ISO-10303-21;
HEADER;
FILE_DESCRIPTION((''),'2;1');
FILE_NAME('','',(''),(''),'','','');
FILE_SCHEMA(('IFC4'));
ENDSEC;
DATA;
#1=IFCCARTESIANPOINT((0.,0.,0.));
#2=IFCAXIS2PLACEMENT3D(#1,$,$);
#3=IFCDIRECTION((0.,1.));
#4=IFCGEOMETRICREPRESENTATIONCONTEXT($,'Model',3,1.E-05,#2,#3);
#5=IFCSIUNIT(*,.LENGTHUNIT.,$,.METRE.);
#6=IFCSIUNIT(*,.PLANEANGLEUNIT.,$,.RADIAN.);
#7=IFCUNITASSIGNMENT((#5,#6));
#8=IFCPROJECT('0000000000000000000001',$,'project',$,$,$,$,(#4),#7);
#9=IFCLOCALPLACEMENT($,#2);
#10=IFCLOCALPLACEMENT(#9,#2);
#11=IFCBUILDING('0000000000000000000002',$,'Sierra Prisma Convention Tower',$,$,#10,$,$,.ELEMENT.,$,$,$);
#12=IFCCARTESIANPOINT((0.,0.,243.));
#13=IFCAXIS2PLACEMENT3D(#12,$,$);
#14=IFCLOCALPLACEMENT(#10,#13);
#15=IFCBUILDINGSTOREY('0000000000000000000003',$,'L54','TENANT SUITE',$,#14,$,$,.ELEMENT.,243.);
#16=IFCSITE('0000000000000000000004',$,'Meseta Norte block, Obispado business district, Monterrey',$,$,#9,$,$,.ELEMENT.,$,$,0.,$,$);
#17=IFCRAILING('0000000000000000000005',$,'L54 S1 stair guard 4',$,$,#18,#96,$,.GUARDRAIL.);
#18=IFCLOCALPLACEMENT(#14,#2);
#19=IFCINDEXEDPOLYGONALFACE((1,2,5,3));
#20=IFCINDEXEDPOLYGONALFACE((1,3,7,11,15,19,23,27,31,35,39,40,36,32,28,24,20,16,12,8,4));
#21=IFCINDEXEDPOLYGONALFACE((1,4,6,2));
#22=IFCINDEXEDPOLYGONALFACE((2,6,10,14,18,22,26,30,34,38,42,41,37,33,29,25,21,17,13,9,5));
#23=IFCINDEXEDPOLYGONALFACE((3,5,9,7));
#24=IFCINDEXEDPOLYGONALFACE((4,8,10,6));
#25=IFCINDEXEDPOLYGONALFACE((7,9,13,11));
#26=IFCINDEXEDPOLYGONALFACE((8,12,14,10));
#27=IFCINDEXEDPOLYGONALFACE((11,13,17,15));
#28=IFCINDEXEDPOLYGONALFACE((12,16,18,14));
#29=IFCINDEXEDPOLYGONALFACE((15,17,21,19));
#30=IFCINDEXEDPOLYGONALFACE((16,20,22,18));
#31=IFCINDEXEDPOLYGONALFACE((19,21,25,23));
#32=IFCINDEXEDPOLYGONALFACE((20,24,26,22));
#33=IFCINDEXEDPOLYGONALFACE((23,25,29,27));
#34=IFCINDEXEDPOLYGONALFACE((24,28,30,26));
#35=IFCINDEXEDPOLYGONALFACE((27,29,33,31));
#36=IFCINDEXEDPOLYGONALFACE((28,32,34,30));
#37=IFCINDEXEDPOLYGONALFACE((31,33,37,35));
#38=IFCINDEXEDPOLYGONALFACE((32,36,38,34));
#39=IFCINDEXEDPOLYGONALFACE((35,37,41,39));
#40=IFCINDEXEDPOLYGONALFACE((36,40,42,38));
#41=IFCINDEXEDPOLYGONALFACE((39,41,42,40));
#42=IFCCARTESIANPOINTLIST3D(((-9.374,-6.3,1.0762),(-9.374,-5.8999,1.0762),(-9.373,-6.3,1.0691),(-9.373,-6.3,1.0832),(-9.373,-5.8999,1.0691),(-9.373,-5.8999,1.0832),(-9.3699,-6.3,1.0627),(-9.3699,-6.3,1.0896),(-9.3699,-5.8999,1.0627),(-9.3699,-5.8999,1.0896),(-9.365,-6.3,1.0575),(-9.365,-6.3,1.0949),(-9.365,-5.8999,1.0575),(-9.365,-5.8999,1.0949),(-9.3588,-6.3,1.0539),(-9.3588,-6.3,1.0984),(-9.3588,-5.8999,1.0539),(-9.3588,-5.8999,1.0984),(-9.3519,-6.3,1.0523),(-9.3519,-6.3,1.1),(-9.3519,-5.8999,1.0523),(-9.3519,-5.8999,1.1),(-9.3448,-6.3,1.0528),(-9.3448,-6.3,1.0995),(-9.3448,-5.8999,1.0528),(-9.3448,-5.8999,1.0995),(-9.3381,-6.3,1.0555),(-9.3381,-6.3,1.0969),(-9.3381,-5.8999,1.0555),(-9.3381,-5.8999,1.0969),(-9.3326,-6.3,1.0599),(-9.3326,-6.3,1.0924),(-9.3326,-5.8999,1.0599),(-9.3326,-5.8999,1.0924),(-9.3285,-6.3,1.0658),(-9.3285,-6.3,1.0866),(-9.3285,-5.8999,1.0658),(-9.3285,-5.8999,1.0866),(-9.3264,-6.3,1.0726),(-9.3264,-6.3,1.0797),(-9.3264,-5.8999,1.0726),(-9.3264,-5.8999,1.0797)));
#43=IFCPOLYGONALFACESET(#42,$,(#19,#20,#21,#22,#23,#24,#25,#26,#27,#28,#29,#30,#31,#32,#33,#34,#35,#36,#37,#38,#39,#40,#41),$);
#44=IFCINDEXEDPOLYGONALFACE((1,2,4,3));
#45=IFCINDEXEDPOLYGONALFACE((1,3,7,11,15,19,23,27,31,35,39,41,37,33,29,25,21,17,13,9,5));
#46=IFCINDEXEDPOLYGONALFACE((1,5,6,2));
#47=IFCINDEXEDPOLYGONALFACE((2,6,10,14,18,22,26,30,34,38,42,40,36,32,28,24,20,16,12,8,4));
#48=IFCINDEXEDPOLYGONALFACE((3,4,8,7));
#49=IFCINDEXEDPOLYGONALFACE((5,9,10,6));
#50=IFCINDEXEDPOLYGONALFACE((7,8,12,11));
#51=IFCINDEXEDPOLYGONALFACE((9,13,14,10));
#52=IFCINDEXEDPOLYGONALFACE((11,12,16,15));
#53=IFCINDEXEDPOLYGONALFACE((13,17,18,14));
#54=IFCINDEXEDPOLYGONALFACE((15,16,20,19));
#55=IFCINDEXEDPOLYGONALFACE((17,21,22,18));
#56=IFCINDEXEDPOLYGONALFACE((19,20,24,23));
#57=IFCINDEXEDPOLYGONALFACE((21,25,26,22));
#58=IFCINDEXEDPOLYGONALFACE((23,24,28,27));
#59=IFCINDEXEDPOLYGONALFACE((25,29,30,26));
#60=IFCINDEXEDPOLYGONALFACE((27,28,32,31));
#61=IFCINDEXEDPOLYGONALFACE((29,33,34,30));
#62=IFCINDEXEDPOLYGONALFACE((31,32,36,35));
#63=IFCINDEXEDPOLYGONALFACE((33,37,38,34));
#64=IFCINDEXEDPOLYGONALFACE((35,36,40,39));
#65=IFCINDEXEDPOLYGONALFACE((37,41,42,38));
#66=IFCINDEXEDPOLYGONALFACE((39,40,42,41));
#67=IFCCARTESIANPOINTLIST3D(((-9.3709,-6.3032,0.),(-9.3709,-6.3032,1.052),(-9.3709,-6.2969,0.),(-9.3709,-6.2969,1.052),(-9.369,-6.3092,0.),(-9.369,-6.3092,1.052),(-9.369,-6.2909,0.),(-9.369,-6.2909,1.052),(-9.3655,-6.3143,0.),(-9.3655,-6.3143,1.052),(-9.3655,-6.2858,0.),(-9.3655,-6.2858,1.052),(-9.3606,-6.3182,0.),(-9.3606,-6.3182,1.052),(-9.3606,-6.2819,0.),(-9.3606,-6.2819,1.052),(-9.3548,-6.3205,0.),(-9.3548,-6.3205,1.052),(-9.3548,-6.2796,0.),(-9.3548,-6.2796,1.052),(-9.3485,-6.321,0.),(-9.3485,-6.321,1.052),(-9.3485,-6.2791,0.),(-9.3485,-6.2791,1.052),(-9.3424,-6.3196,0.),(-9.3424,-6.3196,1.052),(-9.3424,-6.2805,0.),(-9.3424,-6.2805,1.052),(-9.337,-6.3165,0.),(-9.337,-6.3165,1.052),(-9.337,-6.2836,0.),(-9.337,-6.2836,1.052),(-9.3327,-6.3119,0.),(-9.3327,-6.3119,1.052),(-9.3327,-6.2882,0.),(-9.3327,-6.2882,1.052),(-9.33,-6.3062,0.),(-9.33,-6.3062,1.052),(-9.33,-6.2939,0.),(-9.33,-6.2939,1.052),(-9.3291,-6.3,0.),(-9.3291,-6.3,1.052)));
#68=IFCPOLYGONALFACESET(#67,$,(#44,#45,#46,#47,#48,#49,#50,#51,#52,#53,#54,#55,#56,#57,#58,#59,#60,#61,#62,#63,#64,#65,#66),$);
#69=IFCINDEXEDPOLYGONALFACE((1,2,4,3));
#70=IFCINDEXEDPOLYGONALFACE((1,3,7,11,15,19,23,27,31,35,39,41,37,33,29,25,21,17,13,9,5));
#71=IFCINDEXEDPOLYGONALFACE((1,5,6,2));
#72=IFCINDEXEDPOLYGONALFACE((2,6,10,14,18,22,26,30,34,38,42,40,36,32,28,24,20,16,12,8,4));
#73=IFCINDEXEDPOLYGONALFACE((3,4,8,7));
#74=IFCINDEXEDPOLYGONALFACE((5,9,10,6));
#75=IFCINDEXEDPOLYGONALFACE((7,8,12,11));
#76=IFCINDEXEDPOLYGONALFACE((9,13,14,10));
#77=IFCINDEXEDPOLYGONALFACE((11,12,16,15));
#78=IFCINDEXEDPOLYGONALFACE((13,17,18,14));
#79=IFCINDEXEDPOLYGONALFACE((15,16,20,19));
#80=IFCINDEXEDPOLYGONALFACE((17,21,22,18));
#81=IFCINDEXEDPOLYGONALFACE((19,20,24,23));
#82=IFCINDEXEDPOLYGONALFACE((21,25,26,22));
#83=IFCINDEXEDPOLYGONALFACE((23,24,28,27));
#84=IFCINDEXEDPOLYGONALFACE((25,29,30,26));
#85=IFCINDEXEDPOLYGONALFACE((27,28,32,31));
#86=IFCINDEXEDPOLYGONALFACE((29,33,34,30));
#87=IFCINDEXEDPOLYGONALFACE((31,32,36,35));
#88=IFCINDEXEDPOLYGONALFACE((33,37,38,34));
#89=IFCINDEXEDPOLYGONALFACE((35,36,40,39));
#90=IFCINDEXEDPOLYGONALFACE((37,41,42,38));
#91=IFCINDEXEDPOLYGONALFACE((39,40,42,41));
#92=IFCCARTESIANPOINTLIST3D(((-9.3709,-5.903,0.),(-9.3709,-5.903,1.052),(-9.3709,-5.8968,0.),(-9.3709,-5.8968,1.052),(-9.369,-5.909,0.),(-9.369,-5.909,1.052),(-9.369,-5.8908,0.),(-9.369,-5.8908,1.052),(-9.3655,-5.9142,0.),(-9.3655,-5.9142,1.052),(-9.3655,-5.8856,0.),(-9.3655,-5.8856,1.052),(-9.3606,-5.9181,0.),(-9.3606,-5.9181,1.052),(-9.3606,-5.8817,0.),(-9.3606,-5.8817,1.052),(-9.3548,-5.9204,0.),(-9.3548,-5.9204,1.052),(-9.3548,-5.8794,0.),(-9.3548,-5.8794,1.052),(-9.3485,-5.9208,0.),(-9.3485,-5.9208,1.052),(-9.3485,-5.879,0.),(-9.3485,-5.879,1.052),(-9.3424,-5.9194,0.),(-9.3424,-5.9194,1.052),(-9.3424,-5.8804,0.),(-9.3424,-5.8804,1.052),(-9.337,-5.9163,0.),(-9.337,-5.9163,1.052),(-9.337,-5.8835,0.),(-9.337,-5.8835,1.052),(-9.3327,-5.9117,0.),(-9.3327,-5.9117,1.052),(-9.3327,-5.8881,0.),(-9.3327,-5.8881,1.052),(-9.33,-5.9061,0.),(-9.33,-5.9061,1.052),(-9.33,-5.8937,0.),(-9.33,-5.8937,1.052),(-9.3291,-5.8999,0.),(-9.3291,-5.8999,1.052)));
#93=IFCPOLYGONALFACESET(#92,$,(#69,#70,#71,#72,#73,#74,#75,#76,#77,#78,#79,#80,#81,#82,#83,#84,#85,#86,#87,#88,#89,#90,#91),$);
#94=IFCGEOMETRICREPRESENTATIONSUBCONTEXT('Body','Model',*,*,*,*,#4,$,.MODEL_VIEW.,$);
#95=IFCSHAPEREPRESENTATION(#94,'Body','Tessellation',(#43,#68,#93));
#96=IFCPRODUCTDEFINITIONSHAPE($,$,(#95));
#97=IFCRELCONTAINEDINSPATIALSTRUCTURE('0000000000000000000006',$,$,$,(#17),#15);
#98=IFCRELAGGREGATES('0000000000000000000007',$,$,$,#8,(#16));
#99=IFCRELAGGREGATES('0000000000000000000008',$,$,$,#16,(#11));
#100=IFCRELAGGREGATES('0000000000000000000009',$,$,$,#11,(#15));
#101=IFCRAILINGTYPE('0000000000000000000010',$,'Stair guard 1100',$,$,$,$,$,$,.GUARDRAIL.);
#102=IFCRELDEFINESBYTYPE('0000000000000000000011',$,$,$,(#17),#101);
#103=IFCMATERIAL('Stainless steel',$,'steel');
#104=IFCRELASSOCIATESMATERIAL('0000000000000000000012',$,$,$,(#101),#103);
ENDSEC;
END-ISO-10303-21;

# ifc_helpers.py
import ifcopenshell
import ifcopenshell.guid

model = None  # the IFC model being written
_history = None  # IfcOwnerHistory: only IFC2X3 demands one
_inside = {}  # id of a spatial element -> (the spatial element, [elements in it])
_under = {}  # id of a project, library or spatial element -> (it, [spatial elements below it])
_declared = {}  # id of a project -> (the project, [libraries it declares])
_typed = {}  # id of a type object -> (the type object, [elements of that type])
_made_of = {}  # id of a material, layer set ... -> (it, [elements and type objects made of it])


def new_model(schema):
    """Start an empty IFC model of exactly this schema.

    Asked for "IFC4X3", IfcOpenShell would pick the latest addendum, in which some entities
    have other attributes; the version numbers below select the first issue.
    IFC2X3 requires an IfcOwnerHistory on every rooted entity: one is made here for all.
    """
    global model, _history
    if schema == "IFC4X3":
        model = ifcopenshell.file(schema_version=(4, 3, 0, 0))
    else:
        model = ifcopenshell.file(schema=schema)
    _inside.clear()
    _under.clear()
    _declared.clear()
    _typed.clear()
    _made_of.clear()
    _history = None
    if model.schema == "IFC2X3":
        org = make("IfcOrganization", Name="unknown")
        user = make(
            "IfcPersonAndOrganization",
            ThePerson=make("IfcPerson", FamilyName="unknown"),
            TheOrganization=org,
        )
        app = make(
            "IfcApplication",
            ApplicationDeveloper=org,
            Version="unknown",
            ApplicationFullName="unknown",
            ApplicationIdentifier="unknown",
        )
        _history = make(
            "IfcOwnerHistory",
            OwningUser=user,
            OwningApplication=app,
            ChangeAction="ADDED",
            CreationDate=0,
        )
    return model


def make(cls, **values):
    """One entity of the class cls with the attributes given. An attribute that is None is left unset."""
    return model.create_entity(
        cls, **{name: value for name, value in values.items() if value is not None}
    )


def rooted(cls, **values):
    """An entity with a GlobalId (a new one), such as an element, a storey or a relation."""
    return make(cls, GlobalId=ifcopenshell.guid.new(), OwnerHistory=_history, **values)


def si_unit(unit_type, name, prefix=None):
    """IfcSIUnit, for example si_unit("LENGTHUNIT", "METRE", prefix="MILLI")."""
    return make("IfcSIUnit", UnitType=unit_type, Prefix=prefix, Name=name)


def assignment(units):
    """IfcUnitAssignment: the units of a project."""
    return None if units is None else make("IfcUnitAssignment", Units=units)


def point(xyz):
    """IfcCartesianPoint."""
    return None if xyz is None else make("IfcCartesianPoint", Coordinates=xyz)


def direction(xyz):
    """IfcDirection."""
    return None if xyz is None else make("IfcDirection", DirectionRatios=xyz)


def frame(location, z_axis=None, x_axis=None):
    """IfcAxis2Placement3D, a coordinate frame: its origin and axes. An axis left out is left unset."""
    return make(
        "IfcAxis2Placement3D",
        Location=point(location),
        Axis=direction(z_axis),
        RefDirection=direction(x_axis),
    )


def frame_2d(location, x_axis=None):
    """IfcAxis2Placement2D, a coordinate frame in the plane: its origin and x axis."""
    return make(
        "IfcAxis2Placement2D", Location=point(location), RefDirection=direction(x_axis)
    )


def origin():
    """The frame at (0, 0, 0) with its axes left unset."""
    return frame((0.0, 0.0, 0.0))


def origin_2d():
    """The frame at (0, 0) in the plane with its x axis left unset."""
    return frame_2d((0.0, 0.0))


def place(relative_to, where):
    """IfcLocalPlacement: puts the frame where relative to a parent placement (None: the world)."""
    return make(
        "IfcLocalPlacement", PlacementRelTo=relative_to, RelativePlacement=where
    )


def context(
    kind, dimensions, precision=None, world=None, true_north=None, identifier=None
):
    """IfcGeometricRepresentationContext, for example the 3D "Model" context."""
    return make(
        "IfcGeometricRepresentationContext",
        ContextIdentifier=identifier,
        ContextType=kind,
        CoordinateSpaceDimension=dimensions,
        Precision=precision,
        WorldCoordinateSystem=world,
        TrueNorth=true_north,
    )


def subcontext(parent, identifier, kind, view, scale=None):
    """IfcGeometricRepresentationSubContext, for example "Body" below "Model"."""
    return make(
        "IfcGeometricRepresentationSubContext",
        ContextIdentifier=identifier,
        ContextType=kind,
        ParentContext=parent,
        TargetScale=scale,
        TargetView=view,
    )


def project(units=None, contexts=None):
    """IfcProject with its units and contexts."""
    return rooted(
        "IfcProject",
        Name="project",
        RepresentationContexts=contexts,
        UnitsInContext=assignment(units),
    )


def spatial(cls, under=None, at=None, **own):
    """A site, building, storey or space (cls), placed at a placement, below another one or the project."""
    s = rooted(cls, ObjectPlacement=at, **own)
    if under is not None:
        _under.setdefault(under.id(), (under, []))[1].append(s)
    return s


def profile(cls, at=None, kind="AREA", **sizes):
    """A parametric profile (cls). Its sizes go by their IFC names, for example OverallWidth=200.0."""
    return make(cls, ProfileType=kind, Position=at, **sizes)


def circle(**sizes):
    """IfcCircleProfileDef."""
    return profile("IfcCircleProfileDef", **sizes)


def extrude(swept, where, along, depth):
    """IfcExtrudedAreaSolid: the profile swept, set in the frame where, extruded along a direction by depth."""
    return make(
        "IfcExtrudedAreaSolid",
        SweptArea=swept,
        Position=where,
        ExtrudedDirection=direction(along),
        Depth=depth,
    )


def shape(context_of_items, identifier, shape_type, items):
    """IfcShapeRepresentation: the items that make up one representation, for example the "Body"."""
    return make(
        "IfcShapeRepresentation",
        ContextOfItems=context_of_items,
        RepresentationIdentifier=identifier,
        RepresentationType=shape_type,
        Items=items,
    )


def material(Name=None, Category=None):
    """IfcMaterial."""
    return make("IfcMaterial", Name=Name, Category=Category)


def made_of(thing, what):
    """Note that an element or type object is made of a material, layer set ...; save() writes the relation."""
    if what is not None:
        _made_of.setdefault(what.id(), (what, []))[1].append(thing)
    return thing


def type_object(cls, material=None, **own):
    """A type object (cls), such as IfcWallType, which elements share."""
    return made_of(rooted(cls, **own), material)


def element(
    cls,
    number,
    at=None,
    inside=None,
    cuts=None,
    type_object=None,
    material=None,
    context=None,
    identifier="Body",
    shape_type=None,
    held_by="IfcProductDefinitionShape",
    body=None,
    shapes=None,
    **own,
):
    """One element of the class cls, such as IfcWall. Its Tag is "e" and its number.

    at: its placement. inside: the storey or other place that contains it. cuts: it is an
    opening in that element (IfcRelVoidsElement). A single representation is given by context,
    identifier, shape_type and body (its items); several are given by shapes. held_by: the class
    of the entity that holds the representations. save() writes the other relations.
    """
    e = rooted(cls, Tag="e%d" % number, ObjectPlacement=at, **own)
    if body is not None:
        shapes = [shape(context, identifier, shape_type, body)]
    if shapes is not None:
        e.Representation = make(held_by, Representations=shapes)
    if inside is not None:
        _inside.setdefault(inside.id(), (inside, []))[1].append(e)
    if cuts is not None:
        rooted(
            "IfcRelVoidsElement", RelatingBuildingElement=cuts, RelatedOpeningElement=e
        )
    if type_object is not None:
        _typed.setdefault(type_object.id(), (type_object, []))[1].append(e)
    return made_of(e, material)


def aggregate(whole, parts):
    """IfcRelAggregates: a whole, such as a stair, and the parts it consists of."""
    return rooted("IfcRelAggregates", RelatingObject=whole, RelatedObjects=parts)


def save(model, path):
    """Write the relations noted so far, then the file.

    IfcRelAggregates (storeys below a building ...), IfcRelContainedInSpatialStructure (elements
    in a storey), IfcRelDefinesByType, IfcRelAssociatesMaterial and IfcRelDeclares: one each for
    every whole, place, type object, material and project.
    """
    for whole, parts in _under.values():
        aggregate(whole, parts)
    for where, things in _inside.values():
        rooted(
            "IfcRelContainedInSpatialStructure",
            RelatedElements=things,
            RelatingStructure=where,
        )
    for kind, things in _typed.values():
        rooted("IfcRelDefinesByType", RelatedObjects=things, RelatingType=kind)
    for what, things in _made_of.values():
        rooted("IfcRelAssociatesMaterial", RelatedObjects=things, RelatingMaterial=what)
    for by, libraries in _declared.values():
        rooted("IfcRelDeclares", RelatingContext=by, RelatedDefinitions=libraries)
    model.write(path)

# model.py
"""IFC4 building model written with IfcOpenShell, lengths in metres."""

from ifc_helpers import new_model, si_unit, direction, frame, origin, origin_2d, place, context, subcontext, project, spatial, circle, extrude, material, type_object, element, save


model = new_model("IFC4")

# Units and contexts
model_context = context("Model", 3, precision=1e-05, world=origin(), true_north=direction((0.0, 1.0)))
body_context = subcontext(model_context, "Body", "Model", "MODEL_VIEW")
ifc_project = project(units=[si_unit("LENGTHUNIT", "METRE"), si_unit("PLANEANGLEUNIT", "RADIAN")], contexts=[model_context])

# Site, building, storey
site_placement = place(None, origin())
site = spatial("IfcSite", under=ifc_project, at=site_placement, Name="Meseta Norte block, Obispado business district, Monterrey", CompositionType="ELEMENT", RefElevation=0.0)
building_placement = place(site_placement, origin())
building = spatial("IfcBuilding", under=site, at=building_placement, Name="Sierra Prisma Convention Tower", CompositionType="ELEMENT")
storey_placement = place(building_placement, frame((0.0, 0.0, 243.0)))
storey = spatial("IfcBuildingStorey", under=building, at=storey_placement, Name="L54", Description="TENANT SUITE", CompositionType="ELEMENT", Elevation=243.0)

# Railing
ifc_material_1 = material(Name="Stainless steel", Category="steel")
railing_type_1 = type_object("IfcRailingType", Name="Stair guard 1100", PredefinedType="GUARDRAIL", material=ifc_material_1)
railing_1_placement = place(storey_placement, frame((-9.3501, -6.3, 0.0)))
element("IfcRailing", 1, at=railing_1_placement, inside=storey, type_object=railing_type_1, Name="L54 S1 stair guard 4", PredefinedType="GUARDRAIL", context=body_context, shape_type="SweptSolid", body=[
    extrude(circle(Radius=0.0239, at=origin_2d()), frame((0.0, 0.0, 1.0762), z_axis=(0.0, 1.0, 0.0), x_axis=(-1.0, 0.0, 0.0)), (0.0, 0.0, 1.0), 0.4001),
    extrude(circle(Radius=0.021, at=origin_2d()), origin(), (0.0, 0.0, 1.0), 1.052),
    extrude(circle(Radius=0.021, at=origin_2d()), frame((0.0, 0.4001, 0.0)), (0.0, 0.0, 1.0), 1.052),
])

save(model, "model.ifc")
